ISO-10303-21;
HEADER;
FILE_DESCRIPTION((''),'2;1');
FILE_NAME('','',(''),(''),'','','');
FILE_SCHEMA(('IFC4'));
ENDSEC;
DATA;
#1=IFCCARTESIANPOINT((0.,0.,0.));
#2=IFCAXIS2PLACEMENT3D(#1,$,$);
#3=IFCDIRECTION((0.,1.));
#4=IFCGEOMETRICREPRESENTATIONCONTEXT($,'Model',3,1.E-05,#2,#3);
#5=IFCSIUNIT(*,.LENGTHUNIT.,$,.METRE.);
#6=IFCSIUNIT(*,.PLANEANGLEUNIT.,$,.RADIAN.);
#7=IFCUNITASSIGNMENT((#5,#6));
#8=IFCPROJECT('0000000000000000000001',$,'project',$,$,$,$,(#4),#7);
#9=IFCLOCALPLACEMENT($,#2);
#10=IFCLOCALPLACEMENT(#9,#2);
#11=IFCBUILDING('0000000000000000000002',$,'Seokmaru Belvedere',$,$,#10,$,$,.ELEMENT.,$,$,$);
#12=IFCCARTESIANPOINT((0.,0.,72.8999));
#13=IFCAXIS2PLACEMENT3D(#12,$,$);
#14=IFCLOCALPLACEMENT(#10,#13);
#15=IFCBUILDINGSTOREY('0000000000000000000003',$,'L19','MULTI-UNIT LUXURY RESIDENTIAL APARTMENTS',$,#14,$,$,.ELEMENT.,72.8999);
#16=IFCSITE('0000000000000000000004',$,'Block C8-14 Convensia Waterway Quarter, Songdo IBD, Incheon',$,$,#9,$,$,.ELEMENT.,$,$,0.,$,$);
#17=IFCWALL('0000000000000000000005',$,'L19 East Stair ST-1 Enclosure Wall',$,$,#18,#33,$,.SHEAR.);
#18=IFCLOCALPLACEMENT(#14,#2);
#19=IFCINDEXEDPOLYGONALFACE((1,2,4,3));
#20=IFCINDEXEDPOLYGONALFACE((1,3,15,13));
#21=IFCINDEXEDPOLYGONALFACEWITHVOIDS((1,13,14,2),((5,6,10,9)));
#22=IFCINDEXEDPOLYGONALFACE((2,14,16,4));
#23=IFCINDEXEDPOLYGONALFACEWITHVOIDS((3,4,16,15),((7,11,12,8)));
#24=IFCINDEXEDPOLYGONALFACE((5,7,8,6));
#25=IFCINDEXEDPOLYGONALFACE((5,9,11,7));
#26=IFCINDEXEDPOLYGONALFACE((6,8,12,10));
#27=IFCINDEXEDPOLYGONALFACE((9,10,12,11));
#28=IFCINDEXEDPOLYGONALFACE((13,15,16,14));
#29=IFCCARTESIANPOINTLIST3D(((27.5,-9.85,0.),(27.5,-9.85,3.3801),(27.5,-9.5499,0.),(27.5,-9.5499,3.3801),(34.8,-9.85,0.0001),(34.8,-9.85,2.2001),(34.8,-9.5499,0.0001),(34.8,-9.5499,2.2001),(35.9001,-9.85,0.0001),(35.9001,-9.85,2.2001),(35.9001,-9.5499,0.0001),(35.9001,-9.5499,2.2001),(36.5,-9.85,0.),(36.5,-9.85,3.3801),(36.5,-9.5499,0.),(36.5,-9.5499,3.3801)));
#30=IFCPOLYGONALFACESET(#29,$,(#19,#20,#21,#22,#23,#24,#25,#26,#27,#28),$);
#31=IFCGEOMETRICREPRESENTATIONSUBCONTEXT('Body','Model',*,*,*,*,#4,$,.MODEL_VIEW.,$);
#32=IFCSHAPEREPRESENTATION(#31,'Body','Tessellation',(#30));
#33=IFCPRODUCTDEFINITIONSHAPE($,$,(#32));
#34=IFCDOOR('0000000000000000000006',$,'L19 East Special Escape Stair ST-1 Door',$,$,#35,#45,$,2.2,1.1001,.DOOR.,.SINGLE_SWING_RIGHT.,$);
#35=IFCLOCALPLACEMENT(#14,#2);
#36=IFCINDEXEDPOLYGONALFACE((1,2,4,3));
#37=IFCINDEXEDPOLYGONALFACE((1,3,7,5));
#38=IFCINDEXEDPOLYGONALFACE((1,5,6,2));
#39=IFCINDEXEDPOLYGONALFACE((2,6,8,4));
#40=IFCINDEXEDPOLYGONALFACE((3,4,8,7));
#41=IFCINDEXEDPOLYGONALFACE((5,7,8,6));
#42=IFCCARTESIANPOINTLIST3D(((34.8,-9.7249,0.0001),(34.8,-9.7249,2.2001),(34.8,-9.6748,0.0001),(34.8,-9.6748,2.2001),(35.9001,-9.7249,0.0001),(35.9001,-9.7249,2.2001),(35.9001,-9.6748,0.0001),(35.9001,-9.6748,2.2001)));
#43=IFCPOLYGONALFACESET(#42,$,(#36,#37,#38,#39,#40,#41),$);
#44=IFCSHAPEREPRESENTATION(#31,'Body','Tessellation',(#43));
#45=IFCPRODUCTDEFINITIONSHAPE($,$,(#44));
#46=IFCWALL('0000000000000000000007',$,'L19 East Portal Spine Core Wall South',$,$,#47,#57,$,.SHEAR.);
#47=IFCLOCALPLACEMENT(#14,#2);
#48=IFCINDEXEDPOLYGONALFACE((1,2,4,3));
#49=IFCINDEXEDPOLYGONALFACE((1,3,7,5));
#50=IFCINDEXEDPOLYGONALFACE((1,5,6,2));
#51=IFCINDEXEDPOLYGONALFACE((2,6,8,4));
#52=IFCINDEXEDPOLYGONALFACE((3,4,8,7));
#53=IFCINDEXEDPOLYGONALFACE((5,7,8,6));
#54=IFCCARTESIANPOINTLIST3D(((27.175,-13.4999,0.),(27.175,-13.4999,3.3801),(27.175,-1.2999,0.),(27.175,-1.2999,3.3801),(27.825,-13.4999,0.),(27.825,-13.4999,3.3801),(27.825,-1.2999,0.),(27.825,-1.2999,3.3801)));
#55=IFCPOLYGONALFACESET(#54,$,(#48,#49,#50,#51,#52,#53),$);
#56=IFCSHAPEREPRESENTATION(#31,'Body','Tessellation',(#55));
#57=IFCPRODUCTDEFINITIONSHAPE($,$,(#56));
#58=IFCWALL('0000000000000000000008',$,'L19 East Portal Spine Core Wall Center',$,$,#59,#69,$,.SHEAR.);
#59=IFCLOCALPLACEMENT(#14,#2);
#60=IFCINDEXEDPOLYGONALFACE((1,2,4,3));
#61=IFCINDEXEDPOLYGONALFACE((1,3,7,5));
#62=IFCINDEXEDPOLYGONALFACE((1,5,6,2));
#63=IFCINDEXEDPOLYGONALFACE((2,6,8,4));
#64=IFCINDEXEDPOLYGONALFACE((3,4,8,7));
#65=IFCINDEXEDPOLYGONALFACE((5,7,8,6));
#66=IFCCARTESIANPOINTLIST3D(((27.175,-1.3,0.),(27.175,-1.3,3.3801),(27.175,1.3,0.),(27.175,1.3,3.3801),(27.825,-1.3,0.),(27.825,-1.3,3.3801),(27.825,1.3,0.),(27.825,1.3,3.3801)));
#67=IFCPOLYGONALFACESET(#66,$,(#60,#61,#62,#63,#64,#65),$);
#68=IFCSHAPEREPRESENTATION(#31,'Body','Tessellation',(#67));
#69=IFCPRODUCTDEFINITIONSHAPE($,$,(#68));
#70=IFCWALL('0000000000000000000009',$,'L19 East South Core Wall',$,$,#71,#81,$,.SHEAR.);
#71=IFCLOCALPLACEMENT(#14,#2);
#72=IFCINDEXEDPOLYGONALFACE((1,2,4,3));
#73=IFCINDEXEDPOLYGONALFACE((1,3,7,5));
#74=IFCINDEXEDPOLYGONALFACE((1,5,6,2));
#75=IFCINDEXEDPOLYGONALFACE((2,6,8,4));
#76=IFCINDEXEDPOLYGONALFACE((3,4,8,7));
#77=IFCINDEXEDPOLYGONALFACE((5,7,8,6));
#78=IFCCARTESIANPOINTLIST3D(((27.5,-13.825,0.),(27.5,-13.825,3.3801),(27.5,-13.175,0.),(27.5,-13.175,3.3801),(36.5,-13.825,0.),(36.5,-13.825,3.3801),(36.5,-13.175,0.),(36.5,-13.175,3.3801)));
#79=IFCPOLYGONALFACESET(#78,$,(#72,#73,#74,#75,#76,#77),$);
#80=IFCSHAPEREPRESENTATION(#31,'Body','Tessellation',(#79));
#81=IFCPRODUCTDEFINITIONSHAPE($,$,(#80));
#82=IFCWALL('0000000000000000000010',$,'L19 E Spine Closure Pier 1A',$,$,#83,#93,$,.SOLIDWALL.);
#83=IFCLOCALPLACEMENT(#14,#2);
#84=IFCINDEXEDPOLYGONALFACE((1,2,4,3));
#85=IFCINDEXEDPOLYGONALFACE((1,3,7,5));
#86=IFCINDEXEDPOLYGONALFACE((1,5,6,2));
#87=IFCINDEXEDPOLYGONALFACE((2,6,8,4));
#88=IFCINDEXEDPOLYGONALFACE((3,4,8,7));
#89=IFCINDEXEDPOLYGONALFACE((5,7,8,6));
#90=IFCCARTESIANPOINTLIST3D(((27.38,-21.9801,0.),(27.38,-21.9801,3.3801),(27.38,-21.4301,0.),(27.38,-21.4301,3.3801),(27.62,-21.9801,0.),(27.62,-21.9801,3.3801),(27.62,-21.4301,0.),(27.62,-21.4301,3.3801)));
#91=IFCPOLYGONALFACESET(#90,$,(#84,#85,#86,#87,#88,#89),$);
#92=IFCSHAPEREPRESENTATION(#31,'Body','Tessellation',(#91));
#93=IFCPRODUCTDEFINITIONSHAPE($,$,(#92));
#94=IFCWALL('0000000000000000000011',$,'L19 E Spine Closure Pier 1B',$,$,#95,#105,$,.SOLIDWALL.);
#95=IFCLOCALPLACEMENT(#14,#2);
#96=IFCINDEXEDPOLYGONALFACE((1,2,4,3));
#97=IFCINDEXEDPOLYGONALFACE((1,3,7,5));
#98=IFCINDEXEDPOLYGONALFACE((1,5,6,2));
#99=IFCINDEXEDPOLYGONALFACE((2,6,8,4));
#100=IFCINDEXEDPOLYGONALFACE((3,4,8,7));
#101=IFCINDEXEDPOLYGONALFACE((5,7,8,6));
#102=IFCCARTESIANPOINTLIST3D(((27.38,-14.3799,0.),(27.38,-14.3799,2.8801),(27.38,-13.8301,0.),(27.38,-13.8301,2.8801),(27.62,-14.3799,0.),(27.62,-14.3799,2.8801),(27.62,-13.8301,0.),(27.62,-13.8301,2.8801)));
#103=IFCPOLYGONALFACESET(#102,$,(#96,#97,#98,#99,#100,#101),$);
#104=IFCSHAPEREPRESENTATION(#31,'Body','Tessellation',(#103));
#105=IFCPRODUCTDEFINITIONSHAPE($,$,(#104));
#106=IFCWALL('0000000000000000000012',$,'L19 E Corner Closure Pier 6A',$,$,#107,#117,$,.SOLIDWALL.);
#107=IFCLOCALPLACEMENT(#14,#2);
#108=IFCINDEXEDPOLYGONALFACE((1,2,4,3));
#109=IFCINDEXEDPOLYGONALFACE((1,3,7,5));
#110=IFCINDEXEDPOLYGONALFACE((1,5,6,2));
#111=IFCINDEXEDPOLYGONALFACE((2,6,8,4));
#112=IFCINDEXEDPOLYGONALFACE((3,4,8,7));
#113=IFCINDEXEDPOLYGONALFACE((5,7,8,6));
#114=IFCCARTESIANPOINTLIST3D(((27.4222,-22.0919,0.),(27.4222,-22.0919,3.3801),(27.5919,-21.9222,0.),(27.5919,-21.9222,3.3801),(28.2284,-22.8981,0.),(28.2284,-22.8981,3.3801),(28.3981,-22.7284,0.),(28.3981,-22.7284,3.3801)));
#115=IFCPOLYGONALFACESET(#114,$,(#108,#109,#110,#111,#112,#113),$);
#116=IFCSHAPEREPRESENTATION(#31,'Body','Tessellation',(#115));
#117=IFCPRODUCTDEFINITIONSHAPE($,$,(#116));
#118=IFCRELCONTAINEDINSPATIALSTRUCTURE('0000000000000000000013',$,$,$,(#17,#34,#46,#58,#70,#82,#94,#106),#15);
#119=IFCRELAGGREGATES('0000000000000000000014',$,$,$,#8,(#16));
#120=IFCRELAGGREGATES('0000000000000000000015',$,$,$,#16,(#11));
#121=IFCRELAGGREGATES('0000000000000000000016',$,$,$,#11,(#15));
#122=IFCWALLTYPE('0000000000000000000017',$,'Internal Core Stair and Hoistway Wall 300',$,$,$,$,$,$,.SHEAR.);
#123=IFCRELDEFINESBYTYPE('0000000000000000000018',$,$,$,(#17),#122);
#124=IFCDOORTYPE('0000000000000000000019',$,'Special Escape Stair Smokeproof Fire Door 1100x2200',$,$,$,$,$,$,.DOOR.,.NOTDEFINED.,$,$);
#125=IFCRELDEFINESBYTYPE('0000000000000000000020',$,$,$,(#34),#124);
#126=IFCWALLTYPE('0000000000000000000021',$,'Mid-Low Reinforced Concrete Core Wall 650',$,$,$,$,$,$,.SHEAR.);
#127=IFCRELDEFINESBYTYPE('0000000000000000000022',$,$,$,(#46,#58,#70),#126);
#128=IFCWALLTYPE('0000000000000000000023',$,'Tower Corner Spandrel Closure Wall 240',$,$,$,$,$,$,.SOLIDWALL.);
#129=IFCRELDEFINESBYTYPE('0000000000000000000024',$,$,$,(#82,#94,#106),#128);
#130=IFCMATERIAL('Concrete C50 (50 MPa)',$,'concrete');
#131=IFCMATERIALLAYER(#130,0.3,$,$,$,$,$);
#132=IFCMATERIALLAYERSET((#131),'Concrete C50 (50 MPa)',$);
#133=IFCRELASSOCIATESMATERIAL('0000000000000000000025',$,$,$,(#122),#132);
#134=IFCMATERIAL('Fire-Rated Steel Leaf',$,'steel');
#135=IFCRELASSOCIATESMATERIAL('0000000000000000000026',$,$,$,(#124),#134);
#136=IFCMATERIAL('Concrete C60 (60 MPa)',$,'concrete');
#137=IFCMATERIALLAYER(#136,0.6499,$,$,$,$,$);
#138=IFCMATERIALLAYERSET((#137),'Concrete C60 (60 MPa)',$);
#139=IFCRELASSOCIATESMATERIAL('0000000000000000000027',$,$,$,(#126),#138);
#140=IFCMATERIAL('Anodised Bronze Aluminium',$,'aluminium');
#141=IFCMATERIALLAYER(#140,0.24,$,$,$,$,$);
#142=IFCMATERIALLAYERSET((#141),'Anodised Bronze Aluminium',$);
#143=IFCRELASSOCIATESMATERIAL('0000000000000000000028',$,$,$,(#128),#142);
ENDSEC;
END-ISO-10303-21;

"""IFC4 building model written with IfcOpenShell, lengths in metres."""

from ifc_helpers import new_model, si_unit, direction, frame, frame_2d, origin, place, context, subcontext, project, spatial, rectangle, extrude, source, transform, mapped, material, layer, layer_set, type_object, type_shapes, element, fill, save


model = new_model("IFC4")

# Units and contexts
model_context = context("Model", 3, precision=1e-05, world=origin(), true_north=direction((0.0, 1.0)))
body_context = subcontext(model_context, "Body", "Model", "MODEL_VIEW")
ifc_project = project(units=[si_unit("LENGTHUNIT", "METRE"), si_unit("PLANEANGLEUNIT", "RADIAN")], contexts=[model_context])

# Site, building, storey
site_placement = place(None, origin())
site = spatial("IfcSite", under=ifc_project, at=site_placement, Name="Block C8-14 Convensia Waterway Quarter, Songdo IBD, Incheon", CompositionType="ELEMENT", RefElevation=0.0)
building_placement = place(site_placement, origin())
building = spatial("IfcBuilding", under=site, at=building_placement, Name="Seokmaru Belvedere", CompositionType="ELEMENT")
storey_placement = place(building_placement, frame((0.0, 0.0, 72.8999)))
storey = spatial("IfcBuildingStorey", under=building, at=storey_placement, Name="L19", Description="MULTI-UNIT LUXURY RESIDENTIAL APARTMENTS", CompositionType="ELEMENT", Elevation=72.8999)

# Shared definitions
ifc_material_1 = material(Name="Anodised Bronze Aluminium", Category="aluminium")

# Shared definitions
ifc_material_2 = material(Name="Concrete C50 (50 MPa)", Category="concrete")

# Wall, opening, door
ifc_layer_1 = layer(ifc_material_2, 0.3)
ifc_layer_set_1 = layer_set([ifc_layer_1], Name="Concrete C50 (50 MPa)")
wall_type_1 = type_object("IfcWallType", Name="Internal Core Stair and Hoistway Wall 300", PredefinedType="SHEAR", material=ifc_layer_set_1)
wall_1_placement = place(storey_placement, frame((27.5, -9.7, 0.0), z_axis=(0.0, 0.0, 1.0), x_axis=(1.0, 0.0, 0.0)))
wall_1 = element("IfcWall", 1, at=wall_1_placement, inside=storey, type_object=wall_type_1, Name="L19 East Stair ST-1 Enclosure Wall", PredefinedType="SHEAR", context=body_context, shape_type="SweptSolid", body=[
    extrude(rectangle(XDim=9.0, YDim=0.3, at=frame_2d((4.5, 0.0))), origin(), (0.0, 0.0, 1.0), 3.3801),
])
opening_placement = place(wall_1_placement, frame((7.3, 0.0, 0.0)))
opening = element("IfcOpeningElement", 2, at=opening_placement, cuts=wall_1, PredefinedType="OPENING", context=body_context, shape_type="SweptSolid", body=[
    extrude(rectangle(XDim=1.1001, YDim=2.2, at=frame_2d((0.55, 1.1001))), frame((0.0, 0.1602, 0.0), z_axis=(0.0, -1.0, 0.0), x_axis=(1.0, 0.0, 0.0)), (0.0, 0.0, 1.0), 0.3201),
])
ifc_material_3 = material(Name="Fire-Rated Steel Leaf", Category="steel")
door_type = type_object("IfcDoorType", Name="Special Escape Stair Smokeproof Fire Door 1100x2200", OperationType="NOTDEFINED", PredefinedType="DOOR", material=ifc_material_3)
shared_shape_1 = source(origin(), body_context, "Body", "SweptSolid", [
    extrude(rectangle(XDim=1.1001, YDim=2.2, at=frame_2d((0.55, 1.1001))), frame((0.0, 0.0249, 0.0), z_axis=(0.0, -1.0, 0.0), x_axis=(1.0, 0.0, 0.0)), (0.0, 0.0, 1.0), 0.05),
])
type_shapes(door_type, [shared_shape_1])
door_placement = place(opening_placement, frame((1.1001, 0.0, 0.0), z_axis=(0.0, 0.0, 1.0), x_axis=(-1.0, 0.0, 0.0)))
door = element("IfcDoor", 3, at=door_placement, inside=storey, type_object=door_type, Name="L19 East Special Escape Stair ST-1 Door", OperationType="SINGLE_SWING_RIGHT", OverallHeight=2.2, OverallWidth=1.1001, PredefinedType="DOOR", context=body_context, shape_type="MappedRepresentation", body=[
    mapped(shared_shape_1, transform((0.0, 0.0, 0.0), scale=1.0)),
])
fill(opening, door)

# Walls
ifc_material_4 = material(Name="Concrete C60 (60 MPa)", Category="concrete")
ifc_layer_2 = layer(ifc_material_4, 0.6499)
ifc_layer_set_2 = layer_set([ifc_layer_2], Name="Concrete C60 (60 MPa)")
wall_type_2 = type_object("IfcWallType", Name="Mid-Low Reinforced Concrete Core Wall 650", PredefinedType="SHEAR", material=ifc_layer_set_2)
wall_2_placement = place(storey_placement, frame((27.5, -13.5, 0.0), z_axis=(0.0, 0.0, 1.0), x_axis=(0.0, 1.0, 0.0)))
element("IfcWall", 4, at=wall_2_placement, inside=storey, type_object=wall_type_2, Name="L19 East Portal Spine Core Wall South", PredefinedType="SHEAR", context=body_context, shape_type="SweptSolid", body=[
    extrude(rectangle(XDim=12.2, YDim=0.6499, at=frame_2d((6.1001, 0.0))), origin(), (0.0, 0.0, 1.0), 3.3801),
])
wall_3_placement = place(storey_placement, frame((27.5, -1.3, 0.0), z_axis=(0.0, 0.0, 1.0), x_axis=(0.0, 1.0, 0.0)))
element("IfcWall", 5, at=wall_3_placement, inside=storey, type_object=wall_type_2, Name="L19 East Portal Spine Core Wall Center", PredefinedType="SHEAR", context=body_context, shape_type="SweptSolid", body=[
    extrude(rectangle(XDim=2.6001, YDim=0.6499, at=frame_2d((1.3, 0.0))), origin(), (0.0, 0.0, 1.0), 3.3801),
])
wall_4_placement = place(storey_placement, frame((27.5, -13.5, 0.0), z_axis=(0.0, 0.0, 1.0), x_axis=(1.0, 0.0, 0.0)))
element("IfcWall", 6, at=wall_4_placement, inside=storey, type_object=wall_type_2, Name="L19 East South Core Wall", PredefinedType="SHEAR", context=body_context, shape_type="SweptSolid", body=[
    extrude(rectangle(XDim=9.0, YDim=0.6499, at=frame_2d((4.5, 0.0))), origin(), (0.0, 0.0, 1.0), 3.3801),
])
ifc_layer_3 = layer(ifc_material_1, 0.24)
ifc_layer_set_3 = layer_set([ifc_layer_3], Name="Anodised Bronze Aluminium")
wall_type_3 = type_object("IfcWallType", Name="Tower Corner Spandrel Closure Wall 240", PredefinedType="SOLIDWALL", material=ifc_layer_set_3)
wall_5_placement = place(storey_placement, frame((27.5, -21.98, 0.0), z_axis=(0.0, 0.0, 1.0), x_axis=(0.0, 1.0, 0.0)))
element("IfcWall", 7, at=wall_5_placement, inside=storey, type_object=wall_type_3, Name="L19 E Spine Closure Pier 1A", PredefinedType="SOLIDWALL", context=body_context, shape_type="SweptSolid", body=[
    extrude(rectangle(XDim=0.55, YDim=0.24, at=frame_2d((0.2749, 0.0))), origin(), (0.0, 0.0, 1.0), 3.3801),
])
wall_6_placement = place(storey_placement, frame((27.5, -14.3799, 0.0), z_axis=(0.0, 0.0, 1.0), x_axis=(0.0, 1.0, 0.0)))
element("IfcWall", 8, at=wall_6_placement, inside=storey, type_object=wall_type_3, Name="L19 E Spine Closure Pier 1B", PredefinedType="SOLIDWALL", context=body_context, shape_type="SweptSolid", body=[
    extrude(rectangle(XDim=0.5498, YDim=0.24, at=frame_2d((0.2749, 0.0))), origin(), (0.0, 0.0, 1.0), 2.8801),
])
wall_7_placement = place(storey_placement, frame((27.5071, -22.0071, 0.0), z_axis=(0.0, 0.0, 1.0), x_axis=(0.707107, -0.707107, 0.0)))
element("IfcWall", 9, at=wall_7_placement, inside=storey, type_object=wall_type_3, Name="L19 E Corner Closure Pier 6A", PredefinedType="SOLIDWALL", context=body_context, shape_type="SweptSolid", body=[
    extrude(rectangle(XDim=1.1401, YDim=0.24, at=frame_2d((0.5701, 0.0))), origin(), (0.0, 0.0, 1.0), 3.3801),
])

save(model, "model.ifc")
